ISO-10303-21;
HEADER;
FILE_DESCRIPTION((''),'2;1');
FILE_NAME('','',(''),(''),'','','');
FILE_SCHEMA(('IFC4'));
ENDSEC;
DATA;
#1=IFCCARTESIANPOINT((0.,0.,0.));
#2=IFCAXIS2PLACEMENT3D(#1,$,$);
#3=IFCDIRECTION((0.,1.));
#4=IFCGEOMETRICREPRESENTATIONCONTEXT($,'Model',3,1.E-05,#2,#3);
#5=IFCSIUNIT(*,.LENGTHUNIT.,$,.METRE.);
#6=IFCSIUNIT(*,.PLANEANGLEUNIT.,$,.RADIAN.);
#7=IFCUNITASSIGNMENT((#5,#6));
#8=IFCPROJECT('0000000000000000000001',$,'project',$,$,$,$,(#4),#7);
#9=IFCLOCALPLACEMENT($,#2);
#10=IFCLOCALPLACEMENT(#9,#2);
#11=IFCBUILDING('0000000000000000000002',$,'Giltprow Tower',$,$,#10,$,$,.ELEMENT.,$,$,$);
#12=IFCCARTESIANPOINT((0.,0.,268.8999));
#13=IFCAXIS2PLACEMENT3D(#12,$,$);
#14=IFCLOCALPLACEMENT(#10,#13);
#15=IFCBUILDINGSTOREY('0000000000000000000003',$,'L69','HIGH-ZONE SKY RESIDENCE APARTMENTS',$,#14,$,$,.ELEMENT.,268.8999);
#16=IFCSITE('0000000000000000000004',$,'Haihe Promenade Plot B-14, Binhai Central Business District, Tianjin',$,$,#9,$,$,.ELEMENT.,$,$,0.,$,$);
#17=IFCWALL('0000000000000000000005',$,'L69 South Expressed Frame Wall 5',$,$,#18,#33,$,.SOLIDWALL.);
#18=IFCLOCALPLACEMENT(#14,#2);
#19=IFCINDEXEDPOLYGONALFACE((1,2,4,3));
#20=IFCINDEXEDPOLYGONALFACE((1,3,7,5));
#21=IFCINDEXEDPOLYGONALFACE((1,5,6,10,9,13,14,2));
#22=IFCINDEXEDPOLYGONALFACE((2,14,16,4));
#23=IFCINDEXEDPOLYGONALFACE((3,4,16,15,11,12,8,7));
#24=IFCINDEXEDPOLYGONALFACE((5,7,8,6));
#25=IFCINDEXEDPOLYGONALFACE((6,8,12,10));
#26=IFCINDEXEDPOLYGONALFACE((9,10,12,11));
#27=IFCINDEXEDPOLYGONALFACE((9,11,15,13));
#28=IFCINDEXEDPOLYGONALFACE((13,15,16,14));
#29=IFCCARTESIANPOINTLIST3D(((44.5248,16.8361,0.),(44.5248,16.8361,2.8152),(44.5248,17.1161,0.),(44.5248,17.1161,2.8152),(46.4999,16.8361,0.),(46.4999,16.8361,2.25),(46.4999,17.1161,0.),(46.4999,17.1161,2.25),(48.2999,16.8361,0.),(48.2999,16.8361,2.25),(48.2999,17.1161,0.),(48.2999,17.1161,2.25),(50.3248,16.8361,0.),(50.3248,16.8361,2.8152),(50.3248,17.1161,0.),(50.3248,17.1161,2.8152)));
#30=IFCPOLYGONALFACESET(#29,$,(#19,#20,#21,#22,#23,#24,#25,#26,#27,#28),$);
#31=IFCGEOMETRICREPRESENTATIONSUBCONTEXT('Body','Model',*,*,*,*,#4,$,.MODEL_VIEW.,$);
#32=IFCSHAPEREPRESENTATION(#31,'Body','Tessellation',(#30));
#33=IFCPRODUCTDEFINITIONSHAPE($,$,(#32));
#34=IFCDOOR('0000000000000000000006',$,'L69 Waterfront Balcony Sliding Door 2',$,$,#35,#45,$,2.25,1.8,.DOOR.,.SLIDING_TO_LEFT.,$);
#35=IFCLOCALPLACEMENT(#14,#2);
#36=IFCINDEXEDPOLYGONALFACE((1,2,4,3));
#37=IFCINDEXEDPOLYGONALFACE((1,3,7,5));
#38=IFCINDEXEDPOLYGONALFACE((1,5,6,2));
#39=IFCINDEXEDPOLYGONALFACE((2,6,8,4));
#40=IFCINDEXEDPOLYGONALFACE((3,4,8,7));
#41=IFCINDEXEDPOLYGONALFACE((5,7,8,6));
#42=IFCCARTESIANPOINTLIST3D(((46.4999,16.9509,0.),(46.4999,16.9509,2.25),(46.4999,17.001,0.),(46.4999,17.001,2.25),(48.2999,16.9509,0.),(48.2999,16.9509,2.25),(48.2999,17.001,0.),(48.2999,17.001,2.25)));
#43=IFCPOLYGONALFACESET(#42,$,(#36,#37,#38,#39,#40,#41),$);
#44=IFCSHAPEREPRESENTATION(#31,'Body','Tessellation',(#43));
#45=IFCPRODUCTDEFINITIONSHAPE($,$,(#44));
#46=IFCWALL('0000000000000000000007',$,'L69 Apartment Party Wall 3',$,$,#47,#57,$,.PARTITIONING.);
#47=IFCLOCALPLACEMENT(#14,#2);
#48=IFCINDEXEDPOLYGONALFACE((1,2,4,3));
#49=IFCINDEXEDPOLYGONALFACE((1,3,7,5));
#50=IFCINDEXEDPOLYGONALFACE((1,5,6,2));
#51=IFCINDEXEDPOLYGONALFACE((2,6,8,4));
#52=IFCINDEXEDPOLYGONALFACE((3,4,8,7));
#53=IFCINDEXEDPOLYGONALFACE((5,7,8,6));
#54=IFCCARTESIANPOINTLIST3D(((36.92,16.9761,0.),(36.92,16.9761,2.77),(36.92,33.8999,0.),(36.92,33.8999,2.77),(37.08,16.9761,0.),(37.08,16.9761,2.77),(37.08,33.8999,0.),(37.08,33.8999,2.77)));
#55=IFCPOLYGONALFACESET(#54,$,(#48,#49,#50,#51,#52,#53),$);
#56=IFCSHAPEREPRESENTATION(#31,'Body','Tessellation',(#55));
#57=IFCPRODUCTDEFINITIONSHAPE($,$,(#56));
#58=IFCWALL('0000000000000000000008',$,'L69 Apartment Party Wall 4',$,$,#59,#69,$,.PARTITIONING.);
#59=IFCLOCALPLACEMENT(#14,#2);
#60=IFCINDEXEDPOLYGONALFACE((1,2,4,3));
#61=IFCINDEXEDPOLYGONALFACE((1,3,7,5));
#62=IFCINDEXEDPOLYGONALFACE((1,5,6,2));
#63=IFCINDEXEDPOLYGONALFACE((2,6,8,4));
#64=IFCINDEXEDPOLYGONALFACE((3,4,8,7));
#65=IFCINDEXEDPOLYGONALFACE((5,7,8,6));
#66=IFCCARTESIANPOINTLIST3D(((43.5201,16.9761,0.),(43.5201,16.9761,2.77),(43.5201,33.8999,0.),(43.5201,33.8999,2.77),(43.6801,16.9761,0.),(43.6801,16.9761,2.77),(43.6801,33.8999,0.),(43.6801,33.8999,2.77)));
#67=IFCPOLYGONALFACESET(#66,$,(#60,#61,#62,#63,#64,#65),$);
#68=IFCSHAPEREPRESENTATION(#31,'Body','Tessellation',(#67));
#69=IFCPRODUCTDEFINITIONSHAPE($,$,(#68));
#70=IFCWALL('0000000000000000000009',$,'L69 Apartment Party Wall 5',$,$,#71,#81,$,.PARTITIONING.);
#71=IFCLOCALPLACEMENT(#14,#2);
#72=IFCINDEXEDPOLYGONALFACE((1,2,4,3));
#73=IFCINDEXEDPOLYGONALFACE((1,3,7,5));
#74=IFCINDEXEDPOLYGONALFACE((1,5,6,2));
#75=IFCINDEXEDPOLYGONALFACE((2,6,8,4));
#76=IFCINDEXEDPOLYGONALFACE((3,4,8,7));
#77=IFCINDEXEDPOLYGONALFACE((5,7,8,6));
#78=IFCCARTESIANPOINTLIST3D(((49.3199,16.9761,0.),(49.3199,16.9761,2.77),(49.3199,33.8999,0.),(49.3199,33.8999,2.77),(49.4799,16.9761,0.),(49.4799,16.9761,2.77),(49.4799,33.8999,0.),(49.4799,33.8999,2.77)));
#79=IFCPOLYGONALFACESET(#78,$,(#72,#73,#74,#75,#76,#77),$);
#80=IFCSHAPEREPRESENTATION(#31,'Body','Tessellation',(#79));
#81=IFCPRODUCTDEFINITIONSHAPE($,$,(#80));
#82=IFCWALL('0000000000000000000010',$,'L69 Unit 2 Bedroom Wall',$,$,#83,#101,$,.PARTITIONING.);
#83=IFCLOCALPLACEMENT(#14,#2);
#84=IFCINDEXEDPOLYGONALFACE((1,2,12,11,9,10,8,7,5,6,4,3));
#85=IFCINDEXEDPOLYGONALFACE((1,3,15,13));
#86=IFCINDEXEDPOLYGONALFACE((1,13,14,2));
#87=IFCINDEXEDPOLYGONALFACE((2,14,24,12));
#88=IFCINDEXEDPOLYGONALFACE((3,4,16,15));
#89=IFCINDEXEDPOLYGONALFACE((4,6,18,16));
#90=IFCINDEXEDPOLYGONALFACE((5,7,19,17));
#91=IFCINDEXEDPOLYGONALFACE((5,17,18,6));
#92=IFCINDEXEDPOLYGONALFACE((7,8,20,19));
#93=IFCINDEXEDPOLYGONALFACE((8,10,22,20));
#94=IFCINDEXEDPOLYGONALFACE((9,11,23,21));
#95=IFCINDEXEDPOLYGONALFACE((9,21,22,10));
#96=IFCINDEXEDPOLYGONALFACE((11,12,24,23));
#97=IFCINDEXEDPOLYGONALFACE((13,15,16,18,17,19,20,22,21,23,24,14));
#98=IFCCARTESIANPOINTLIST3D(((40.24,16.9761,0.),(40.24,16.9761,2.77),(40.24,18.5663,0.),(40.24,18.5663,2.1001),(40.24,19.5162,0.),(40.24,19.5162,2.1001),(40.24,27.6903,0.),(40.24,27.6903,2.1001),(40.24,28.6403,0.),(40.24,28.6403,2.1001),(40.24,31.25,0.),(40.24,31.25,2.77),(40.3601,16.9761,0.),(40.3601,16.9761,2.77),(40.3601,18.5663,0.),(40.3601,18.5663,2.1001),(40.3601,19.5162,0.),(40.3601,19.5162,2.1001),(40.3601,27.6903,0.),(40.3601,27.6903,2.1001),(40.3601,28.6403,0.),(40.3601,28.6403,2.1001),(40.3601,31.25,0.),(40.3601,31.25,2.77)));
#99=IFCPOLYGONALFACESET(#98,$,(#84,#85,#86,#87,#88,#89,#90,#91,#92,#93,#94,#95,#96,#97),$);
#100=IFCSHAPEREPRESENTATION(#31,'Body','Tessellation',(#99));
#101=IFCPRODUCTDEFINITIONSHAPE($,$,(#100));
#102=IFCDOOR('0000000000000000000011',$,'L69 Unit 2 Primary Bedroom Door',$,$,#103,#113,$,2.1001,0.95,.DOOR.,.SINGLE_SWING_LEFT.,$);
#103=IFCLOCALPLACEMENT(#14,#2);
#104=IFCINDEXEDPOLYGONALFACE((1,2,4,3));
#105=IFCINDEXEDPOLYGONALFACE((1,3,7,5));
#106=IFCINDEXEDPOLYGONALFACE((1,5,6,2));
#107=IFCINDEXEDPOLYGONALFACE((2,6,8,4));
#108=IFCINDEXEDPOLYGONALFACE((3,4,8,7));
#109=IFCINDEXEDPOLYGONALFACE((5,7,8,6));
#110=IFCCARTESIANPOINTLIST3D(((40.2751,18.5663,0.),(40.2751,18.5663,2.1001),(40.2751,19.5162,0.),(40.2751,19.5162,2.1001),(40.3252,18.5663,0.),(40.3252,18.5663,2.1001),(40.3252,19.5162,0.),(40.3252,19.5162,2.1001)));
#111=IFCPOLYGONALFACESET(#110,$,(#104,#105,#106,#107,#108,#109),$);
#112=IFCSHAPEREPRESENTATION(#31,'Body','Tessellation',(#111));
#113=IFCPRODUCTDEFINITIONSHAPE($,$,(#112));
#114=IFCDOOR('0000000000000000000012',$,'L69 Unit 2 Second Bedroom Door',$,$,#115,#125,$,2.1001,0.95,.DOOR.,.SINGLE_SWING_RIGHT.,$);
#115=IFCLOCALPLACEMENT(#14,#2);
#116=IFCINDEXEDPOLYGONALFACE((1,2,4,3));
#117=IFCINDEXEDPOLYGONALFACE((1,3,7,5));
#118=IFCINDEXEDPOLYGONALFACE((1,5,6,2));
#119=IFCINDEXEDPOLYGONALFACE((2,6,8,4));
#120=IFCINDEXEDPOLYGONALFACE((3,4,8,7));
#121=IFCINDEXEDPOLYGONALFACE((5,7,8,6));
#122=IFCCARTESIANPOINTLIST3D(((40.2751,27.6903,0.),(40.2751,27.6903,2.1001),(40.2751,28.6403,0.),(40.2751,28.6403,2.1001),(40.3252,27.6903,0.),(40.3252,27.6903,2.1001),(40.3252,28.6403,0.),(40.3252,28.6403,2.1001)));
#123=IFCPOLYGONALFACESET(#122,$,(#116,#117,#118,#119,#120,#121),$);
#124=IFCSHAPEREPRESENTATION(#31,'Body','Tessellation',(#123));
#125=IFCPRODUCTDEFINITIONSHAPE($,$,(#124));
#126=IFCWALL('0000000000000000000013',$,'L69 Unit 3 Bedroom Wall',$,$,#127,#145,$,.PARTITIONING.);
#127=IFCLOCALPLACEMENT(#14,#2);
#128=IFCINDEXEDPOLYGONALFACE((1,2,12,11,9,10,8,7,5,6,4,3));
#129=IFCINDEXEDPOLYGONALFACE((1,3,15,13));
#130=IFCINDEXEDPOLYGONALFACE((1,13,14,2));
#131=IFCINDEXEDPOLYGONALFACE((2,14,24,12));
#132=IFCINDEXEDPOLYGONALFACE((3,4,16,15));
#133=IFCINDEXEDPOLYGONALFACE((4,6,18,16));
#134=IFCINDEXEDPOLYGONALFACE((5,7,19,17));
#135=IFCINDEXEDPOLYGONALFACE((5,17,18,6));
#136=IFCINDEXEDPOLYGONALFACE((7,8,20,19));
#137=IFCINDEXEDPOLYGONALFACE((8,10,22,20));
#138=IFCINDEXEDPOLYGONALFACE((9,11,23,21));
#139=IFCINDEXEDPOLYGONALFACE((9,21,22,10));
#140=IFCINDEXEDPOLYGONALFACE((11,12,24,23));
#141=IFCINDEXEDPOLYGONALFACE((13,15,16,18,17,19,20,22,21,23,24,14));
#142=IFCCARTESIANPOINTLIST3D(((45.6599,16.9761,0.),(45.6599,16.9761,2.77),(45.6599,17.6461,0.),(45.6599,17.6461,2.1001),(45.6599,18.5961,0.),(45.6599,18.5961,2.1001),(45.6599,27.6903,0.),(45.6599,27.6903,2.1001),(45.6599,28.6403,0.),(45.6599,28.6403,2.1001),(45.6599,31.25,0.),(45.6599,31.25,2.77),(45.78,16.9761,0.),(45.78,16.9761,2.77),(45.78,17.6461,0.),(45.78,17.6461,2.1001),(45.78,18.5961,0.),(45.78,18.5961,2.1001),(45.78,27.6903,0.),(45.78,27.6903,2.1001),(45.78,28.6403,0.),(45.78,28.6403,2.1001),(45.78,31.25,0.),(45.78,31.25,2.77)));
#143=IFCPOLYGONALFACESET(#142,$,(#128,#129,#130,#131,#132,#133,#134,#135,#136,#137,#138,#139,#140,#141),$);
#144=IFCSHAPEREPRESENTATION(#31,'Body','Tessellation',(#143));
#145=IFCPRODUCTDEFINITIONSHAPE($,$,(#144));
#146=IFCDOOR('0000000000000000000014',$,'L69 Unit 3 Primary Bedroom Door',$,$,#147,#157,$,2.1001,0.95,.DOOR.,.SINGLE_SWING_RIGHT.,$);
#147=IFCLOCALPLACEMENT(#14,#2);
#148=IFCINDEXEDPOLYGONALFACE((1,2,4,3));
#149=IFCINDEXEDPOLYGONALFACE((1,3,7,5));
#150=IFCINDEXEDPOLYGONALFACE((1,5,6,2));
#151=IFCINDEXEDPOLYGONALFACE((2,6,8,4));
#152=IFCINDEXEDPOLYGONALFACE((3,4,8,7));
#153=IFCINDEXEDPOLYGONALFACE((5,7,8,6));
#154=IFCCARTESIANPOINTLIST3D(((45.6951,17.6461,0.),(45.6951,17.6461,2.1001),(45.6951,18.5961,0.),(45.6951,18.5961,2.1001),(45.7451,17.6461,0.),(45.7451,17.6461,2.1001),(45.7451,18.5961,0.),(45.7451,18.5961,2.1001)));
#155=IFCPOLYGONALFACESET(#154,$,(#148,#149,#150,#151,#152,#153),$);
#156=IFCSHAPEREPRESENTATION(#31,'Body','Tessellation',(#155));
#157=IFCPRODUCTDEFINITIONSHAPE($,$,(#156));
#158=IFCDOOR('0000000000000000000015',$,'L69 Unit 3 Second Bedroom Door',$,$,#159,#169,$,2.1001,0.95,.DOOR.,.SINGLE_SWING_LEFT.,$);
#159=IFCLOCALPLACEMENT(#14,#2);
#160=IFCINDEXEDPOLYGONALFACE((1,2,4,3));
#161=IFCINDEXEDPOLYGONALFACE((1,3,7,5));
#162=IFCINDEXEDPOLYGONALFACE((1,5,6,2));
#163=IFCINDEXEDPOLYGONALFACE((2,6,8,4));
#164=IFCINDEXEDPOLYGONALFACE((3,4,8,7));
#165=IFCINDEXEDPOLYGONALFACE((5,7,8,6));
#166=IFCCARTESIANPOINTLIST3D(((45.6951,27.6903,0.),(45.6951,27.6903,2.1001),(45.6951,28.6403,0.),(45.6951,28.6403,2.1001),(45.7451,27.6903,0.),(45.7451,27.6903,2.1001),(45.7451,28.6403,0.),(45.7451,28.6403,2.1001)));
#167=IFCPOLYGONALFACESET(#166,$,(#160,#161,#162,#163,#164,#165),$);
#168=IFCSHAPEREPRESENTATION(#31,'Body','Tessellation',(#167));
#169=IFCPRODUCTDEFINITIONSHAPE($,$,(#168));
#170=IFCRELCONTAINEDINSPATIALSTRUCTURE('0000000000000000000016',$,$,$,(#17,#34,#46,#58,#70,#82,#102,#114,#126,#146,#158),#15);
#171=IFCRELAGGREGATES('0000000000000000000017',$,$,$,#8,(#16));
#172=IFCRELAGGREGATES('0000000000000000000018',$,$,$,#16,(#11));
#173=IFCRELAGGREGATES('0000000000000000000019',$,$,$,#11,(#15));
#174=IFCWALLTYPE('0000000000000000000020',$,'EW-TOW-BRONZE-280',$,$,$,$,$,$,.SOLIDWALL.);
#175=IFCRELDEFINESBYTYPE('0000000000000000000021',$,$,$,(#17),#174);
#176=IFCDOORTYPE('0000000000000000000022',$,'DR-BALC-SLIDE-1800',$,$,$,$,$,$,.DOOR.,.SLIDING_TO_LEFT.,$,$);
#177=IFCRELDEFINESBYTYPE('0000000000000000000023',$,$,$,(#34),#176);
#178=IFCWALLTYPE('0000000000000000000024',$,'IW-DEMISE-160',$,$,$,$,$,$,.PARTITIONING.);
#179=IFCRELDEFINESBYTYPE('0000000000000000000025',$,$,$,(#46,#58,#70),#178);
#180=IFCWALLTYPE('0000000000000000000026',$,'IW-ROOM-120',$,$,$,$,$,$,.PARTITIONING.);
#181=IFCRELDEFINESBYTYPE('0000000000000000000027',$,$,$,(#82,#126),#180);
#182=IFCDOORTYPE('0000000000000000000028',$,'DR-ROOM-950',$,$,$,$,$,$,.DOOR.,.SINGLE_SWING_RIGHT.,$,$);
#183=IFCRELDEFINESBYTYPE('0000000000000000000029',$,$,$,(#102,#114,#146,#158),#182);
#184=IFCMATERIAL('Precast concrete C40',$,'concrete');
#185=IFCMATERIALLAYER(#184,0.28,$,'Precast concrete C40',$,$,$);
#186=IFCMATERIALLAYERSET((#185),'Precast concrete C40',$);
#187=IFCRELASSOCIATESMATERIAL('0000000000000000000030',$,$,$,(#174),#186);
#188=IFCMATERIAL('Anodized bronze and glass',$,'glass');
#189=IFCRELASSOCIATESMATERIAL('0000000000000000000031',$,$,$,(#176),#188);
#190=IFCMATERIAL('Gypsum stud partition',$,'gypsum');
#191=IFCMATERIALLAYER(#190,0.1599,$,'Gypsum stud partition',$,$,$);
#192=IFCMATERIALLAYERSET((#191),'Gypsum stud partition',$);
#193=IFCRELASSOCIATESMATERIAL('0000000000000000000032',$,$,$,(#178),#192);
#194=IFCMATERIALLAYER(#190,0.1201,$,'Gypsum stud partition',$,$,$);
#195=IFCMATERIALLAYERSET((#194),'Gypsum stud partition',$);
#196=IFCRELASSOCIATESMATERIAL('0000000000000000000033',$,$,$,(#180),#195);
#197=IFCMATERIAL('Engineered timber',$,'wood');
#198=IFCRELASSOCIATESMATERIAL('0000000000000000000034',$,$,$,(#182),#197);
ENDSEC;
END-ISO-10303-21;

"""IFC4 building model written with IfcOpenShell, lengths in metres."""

from ifc_helpers import new_model, si_unit, direction, frame, frame_2d, origin, place, context, subcontext, project, spatial, rectangle, extrude, source, transform, mapped, material, layer, layer_set, type_object, element, fill, save


model = new_model("IFC4")

# Units and contexts
model_context = context("Model", 3, precision=1e-05, world=origin(), true_north=direction((0.0, 1.0)))
body_context = subcontext(model_context, "Body", "Model", "MODEL_VIEW")
ifc_project = project(units=[si_unit("LENGTHUNIT", "METRE"), si_unit("PLANEANGLEUNIT", "RADIAN")], contexts=[model_context])

# Site, building, storey
site_placement = place(None, origin())
site = spatial("IfcSite", under=ifc_project, at=site_placement, Name="Haihe Promenade Plot B-14, Binhai Central Business District, Tianjin", CompositionType="ELEMENT", RefElevation=0.0)
building_placement = place(site_placement, origin())
building = spatial("IfcBuilding", under=site, at=building_placement, Name="Giltprow Tower", CompositionType="ELEMENT")
storey_placement = place(building_placement, frame((0.0, 0.0, 268.8999)))
storey = spatial("IfcBuildingStorey", under=building, at=storey_placement, Name="L69", Description="HIGH-ZONE SKY RESIDENCE APARTMENTS", CompositionType="ELEMENT", Elevation=268.8999)

# Shared definitions
ifc_material_1 = material(Name="Precast concrete C40", Category="concrete")
ifc_layer_1 = layer(ifc_material_1, 0.28, Name="Precast concrete C40")
ifc_layer_set_1 = layer_set([ifc_layer_1], Name="Precast concrete C40")
wall_type_1 = type_object("IfcWallType", Name="EW-TOW-BRONZE-280", PredefinedType="SOLIDWALL", material=ifc_layer_set_1)

# Wall, opening, door
wall_1_placement = place(storey_placement, frame((44.5249, 16.9761, 0.0), z_axis=(0.0, 0.0, 1.0), x_axis=(1.0, 0.0, 0.0)))
wall_1 = element("IfcWall", 1, at=wall_1_placement, inside=storey, type_object=wall_type_1, Name="L69 South Expressed Frame Wall 5", PredefinedType="SOLIDWALL", context=body_context, shape_type="SweptSolid", body=[
    extrude(rectangle(XDim=5.8, YDim=0.28, at=frame_2d((2.8999, 0.0))), origin(), (0.0, 0.0, 1.0), 2.8152),
])
opening_1_placement = place(wall_1_placement, frame((1.9751, 0.0, 0.0)))
opening_1 = element("IfcOpeningElement", 2, at=opening_1_placement, cuts=wall_1, PredefinedType="OPENING", context=body_context, shape_type="SweptSolid", body=[
    extrude(rectangle(XDim=1.8, YDim=2.25, at=frame_2d((0.8999, 1.125))), frame((0.0, 0.1499, 0.0), z_axis=(0.0, -1.0, 0.0), x_axis=(1.0, 0.0, 0.0)), (0.0, 0.0, 1.0), 0.3),
])
ifc_material_2 = material(Name="Anodized bronze and glass", Category="glass")
door_type_1 = type_object("IfcDoorType", Name="DR-BALC-SLIDE-1800", OperationType="SLIDING_TO_LEFT", PredefinedType="DOOR", material=ifc_material_2)
shared_shape_1 = source(origin(), body_context, "Body", "SweptSolid", [
    extrude(rectangle(XDim=1.8, YDim=2.25, at=frame_2d((0.8999, 1.125))), frame((0.0, 0.0249, 0.0), z_axis=(0.0, -1.0, 0.0), x_axis=(1.0, 0.0, 0.0)), (0.0, 0.0, 1.0), 0.05),
])
door_1_placement = place(opening_1_placement, origin())
door_1 = element("IfcDoor", 3, at=door_1_placement, inside=storey, type_object=door_type_1, Name="L69 Waterfront Balcony Sliding Door 2", OperationType="SLIDING_TO_LEFT", OverallHeight=2.25, OverallWidth=1.8, PredefinedType="DOOR", context=body_context, shape_type="MappedRepresentation", body=[
    mapped(shared_shape_1, transform((0.0, 0.0, 0.0), x_axis=(1.0, 0.0, 0.0), y_axis=(0.0, 1.0, 0.0), z_axis=(0.0, 0.0, 1.0), scale=1.0)),
])
fill(opening_1, door_1)

# Walls
ifc_material_3 = material(Name="Gypsum stud partition", Category="gypsum")
ifc_layer_2 = layer(ifc_material_3, 0.1599, Name="Gypsum stud partition")
ifc_layer_set_2 = layer_set([ifc_layer_2], Name="Gypsum stud partition")
wall_type_2 = type_object("IfcWallType", Name="IW-DEMISE-160", PredefinedType="PARTITIONING", material=ifc_layer_set_2)
for number, where, z_axis, x_axis, name in (
    (4, (37.0, 16.9761, 0.0), (0.0, 0.0, 1.0), (0.0, 1.0, 0.0), "L69 Apartment Party Wall 3"),
    (5, (43.6001, 16.9761, 0.0), (0.0, 0.0, 1.0), (0.0, 1.0, 0.0), "L69 Apartment Party Wall 4"),
    (6, (49.3999, 16.9761, 0.0), (0.0, 0.0, 1.0), (0.0, 1.0, 0.0), "L69 Apartment Party Wall 5"),
):
    element("IfcWall", number, at=place(storey_placement, frame(where, z_axis=z_axis, x_axis=x_axis)), inside=storey, type_object=wall_type_2, Name=name, PredefinedType="PARTITIONING", context=body_context, shape_type="SweptSolid", body=[
        extrude(rectangle(XDim=16.9238, YDim=0.1599, at=frame_2d((8.4619, 0.0))), origin(), (0.0, 0.0, 1.0), 2.77),
    ])

# Walls, openings, doors
ifc_layer_3 = layer(ifc_material_3, 0.1201, Name="Gypsum stud partition")
ifc_layer_set_3 = layer_set([ifc_layer_3], Name="Gypsum stud partition")
wall_type_3 = type_object("IfcWallType", Name="IW-ROOM-120", PredefinedType="PARTITIONING", material=ifc_layer_set_3)
wall_2_placement = place(storey_placement, frame((40.3, 16.9761, 0.0), z_axis=(0.0, 0.0, 1.0), x_axis=(0.0, 1.0, 0.0)))
wall_2 = element("IfcWall", 7, at=wall_2_placement, inside=storey, type_object=wall_type_3, Name="L69 Unit 2 Bedroom Wall", PredefinedType="PARTITIONING", context=body_context, shape_type="SweptSolid", body=[
    extrude(rectangle(XDim=14.2739, YDim=0.1201, at=frame_2d((7.137, 0.0))), origin(), (0.0, 0.0, 1.0), 2.77),
])
opening_2_placement = place(wall_2_placement, frame((1.5901, 0.0, 0.0)))
opening_2 = element("IfcOpeningElement", 8, at=opening_2_placement, cuts=wall_2, PredefinedType="OPENING", context=body_context, shape_type="SweptSolid", body=[
    extrude(rectangle(XDim=0.95, YDim=2.1001, at=frame_2d((0.4751, 1.05))), frame((0.0, 0.0701, 0.0), z_axis=(0.0, -1.0, 0.0), x_axis=(1.0, 0.0, 0.0)), (0.0, 0.0, 1.0), 0.1401),
])
opening_3_placement = place(wall_2_placement, frame((10.7141, 0.0, 0.0)))
opening_3 = element("IfcOpeningElement", 9, at=opening_3_placement, cuts=wall_2, PredefinedType="OPENING", context=body_context, shape_type="SweptSolid", body=[
    extrude(rectangle(XDim=0.95, YDim=2.1001, at=frame_2d((0.4751, 1.05))), frame((0.0, 0.0701, 0.0), z_axis=(0.0, -1.0, 0.0), x_axis=(1.0, 0.0, 0.0)), (0.0, 0.0, 1.0), 0.1401),
])
ifc_material_4 = material(Name="Engineered timber", Category="wood")
door_type_2 = type_object("IfcDoorType", Name="DR-ROOM-950", OperationType="SINGLE_SWING_RIGHT", PredefinedType="DOOR", material=ifc_material_4)
shared_shape_2 = source(origin(), body_context, "Body", "SweptSolid", [
    extrude(rectangle(XDim=0.95, YDim=2.1001, at=frame_2d((0.4751, 1.05))), frame((0.0, 0.0249, 0.0), z_axis=(0.0, -1.0, 0.0), x_axis=(1.0, 0.0, 0.0)), (0.0, 0.0, 1.0), 0.05),
])
door_2_placement = place(opening_2_placement, origin())
door_2 = element("IfcDoor", 10, at=door_2_placement, inside=storey, type_object=door_type_2, Name="L69 Unit 2 Primary Bedroom Door", OperationType="SINGLE_SWING_LEFT", OverallHeight=2.1001, OverallWidth=0.95, PredefinedType="DOOR", context=body_context, shape_type="MappedRepresentation", body=[
    mapped(shared_shape_2, transform((0.0, 0.0, 0.0), x_axis=(1.0, 0.0, 0.0), y_axis=(0.0, 1.0, 0.0), z_axis=(0.0, 0.0, 1.0), scale=1.0)),
])
fill(opening_2, door_2)
door_3_placement = place(opening_3_placement, origin())
door_3 = element("IfcDoor", 11, at=door_3_placement, inside=storey, type_object=door_type_2, Name="L69 Unit 2 Second Bedroom Door", OperationType="SINGLE_SWING_RIGHT", OverallHeight=2.1001, OverallWidth=0.95, PredefinedType="DOOR", context=body_context, shape_type="MappedRepresentation", body=[
    mapped(shared_shape_2, transform((0.0, 0.0, 0.0), x_axis=(1.0, 0.0, 0.0), y_axis=(0.0, 1.0, 0.0), z_axis=(0.0, 0.0, 1.0), scale=1.0)),
])
fill(opening_3, door_3)
wall_3_placement = place(storey_placement, frame((45.72, 16.9761, 0.0), z_axis=(0.0, 0.0, 1.0), x_axis=(0.0, 1.0, 0.0)))
wall_3 = element("IfcWall", 12, at=wall_3_placement, inside=storey, type_object=wall_type_3, Name="L69 Unit 3 Bedroom Wall", PredefinedType="PARTITIONING", context=body_context, shape_type="SweptSolid", body=[
    extrude(rectangle(XDim=14.2739, YDim=0.1201, at=frame_2d((7.137, 0.0))), origin(), (0.0, 0.0, 1.0), 2.77),
])
opening_4_placement = place(wall_3_placement, frame((0.6699, 0.0, 0.0)))
opening_4 = element("IfcOpeningElement", 13, at=opening_4_placement, cuts=wall_3, PredefinedType="OPENING", context=body_context, shape_type="SweptSolid", body=[
    extrude(rectangle(XDim=0.95, YDim=2.1001, at=frame_2d((0.4751, 1.05))), frame((0.0, 0.0701, 0.0), z_axis=(0.0, -1.0, 0.0), x_axis=(1.0, 0.0, 0.0)), (0.0, 0.0, 1.0), 0.1401),
])
opening_5_placement = place(wall_3_placement, frame((10.7141, 0.0, 0.0)))
opening_5 = element("IfcOpeningElement", 14, at=opening_5_placement, cuts=wall_3, PredefinedType="OPENING", context=body_context, shape_type="SweptSolid", body=[
    extrude(rectangle(XDim=0.95, YDim=2.1001, at=frame_2d((0.4751, 1.05))), frame((0.0, 0.0701, 0.0), z_axis=(0.0, -1.0, 0.0), x_axis=(1.0, 0.0, 0.0)), (0.0, 0.0, 1.0), 0.1401),
])
door_4_placement = place(opening_4_placement, origin())
door_4 = element("IfcDoor", 15, at=door_4_placement, inside=storey, type_object=door_type_2, Name="L69 Unit 3 Primary Bedroom Door", OperationType="SINGLE_SWING_RIGHT", OverallHeight=2.1001, OverallWidth=0.95, PredefinedType="DOOR", context=body_context, shape_type="MappedRepresentation", body=[
    mapped(shared_shape_2, transform((0.0, 0.0, 0.0), x_axis=(1.0, 0.0, 0.0), y_axis=(0.0, 1.0, 0.0), z_axis=(0.0, 0.0, 1.0), scale=1.0)),
])
fill(opening_4, door_4)
door_5_placement = place(opening_5_placement, origin())
door_5 = element("IfcDoor", 16, at=door_5_placement, inside=storey, type_object=door_type_2, Name="L69 Unit 3 Second Bedroom Door", OperationType="SINGLE_SWING_LEFT", OverallHeight=2.1001, OverallWidth=0.95, PredefinedType="DOOR", context=body_context, shape_type="MappedRepresentation", body=[
    mapped(shared_shape_2, transform((0.0, 0.0, 0.0), x_axis=(1.0, 0.0, 0.0), y_axis=(0.0, 1.0, 0.0), z_axis=(0.0, 0.0, 1.0), scale=1.0)),
])
fill(opening_5, door_5)

save(model, "model.ifc")
